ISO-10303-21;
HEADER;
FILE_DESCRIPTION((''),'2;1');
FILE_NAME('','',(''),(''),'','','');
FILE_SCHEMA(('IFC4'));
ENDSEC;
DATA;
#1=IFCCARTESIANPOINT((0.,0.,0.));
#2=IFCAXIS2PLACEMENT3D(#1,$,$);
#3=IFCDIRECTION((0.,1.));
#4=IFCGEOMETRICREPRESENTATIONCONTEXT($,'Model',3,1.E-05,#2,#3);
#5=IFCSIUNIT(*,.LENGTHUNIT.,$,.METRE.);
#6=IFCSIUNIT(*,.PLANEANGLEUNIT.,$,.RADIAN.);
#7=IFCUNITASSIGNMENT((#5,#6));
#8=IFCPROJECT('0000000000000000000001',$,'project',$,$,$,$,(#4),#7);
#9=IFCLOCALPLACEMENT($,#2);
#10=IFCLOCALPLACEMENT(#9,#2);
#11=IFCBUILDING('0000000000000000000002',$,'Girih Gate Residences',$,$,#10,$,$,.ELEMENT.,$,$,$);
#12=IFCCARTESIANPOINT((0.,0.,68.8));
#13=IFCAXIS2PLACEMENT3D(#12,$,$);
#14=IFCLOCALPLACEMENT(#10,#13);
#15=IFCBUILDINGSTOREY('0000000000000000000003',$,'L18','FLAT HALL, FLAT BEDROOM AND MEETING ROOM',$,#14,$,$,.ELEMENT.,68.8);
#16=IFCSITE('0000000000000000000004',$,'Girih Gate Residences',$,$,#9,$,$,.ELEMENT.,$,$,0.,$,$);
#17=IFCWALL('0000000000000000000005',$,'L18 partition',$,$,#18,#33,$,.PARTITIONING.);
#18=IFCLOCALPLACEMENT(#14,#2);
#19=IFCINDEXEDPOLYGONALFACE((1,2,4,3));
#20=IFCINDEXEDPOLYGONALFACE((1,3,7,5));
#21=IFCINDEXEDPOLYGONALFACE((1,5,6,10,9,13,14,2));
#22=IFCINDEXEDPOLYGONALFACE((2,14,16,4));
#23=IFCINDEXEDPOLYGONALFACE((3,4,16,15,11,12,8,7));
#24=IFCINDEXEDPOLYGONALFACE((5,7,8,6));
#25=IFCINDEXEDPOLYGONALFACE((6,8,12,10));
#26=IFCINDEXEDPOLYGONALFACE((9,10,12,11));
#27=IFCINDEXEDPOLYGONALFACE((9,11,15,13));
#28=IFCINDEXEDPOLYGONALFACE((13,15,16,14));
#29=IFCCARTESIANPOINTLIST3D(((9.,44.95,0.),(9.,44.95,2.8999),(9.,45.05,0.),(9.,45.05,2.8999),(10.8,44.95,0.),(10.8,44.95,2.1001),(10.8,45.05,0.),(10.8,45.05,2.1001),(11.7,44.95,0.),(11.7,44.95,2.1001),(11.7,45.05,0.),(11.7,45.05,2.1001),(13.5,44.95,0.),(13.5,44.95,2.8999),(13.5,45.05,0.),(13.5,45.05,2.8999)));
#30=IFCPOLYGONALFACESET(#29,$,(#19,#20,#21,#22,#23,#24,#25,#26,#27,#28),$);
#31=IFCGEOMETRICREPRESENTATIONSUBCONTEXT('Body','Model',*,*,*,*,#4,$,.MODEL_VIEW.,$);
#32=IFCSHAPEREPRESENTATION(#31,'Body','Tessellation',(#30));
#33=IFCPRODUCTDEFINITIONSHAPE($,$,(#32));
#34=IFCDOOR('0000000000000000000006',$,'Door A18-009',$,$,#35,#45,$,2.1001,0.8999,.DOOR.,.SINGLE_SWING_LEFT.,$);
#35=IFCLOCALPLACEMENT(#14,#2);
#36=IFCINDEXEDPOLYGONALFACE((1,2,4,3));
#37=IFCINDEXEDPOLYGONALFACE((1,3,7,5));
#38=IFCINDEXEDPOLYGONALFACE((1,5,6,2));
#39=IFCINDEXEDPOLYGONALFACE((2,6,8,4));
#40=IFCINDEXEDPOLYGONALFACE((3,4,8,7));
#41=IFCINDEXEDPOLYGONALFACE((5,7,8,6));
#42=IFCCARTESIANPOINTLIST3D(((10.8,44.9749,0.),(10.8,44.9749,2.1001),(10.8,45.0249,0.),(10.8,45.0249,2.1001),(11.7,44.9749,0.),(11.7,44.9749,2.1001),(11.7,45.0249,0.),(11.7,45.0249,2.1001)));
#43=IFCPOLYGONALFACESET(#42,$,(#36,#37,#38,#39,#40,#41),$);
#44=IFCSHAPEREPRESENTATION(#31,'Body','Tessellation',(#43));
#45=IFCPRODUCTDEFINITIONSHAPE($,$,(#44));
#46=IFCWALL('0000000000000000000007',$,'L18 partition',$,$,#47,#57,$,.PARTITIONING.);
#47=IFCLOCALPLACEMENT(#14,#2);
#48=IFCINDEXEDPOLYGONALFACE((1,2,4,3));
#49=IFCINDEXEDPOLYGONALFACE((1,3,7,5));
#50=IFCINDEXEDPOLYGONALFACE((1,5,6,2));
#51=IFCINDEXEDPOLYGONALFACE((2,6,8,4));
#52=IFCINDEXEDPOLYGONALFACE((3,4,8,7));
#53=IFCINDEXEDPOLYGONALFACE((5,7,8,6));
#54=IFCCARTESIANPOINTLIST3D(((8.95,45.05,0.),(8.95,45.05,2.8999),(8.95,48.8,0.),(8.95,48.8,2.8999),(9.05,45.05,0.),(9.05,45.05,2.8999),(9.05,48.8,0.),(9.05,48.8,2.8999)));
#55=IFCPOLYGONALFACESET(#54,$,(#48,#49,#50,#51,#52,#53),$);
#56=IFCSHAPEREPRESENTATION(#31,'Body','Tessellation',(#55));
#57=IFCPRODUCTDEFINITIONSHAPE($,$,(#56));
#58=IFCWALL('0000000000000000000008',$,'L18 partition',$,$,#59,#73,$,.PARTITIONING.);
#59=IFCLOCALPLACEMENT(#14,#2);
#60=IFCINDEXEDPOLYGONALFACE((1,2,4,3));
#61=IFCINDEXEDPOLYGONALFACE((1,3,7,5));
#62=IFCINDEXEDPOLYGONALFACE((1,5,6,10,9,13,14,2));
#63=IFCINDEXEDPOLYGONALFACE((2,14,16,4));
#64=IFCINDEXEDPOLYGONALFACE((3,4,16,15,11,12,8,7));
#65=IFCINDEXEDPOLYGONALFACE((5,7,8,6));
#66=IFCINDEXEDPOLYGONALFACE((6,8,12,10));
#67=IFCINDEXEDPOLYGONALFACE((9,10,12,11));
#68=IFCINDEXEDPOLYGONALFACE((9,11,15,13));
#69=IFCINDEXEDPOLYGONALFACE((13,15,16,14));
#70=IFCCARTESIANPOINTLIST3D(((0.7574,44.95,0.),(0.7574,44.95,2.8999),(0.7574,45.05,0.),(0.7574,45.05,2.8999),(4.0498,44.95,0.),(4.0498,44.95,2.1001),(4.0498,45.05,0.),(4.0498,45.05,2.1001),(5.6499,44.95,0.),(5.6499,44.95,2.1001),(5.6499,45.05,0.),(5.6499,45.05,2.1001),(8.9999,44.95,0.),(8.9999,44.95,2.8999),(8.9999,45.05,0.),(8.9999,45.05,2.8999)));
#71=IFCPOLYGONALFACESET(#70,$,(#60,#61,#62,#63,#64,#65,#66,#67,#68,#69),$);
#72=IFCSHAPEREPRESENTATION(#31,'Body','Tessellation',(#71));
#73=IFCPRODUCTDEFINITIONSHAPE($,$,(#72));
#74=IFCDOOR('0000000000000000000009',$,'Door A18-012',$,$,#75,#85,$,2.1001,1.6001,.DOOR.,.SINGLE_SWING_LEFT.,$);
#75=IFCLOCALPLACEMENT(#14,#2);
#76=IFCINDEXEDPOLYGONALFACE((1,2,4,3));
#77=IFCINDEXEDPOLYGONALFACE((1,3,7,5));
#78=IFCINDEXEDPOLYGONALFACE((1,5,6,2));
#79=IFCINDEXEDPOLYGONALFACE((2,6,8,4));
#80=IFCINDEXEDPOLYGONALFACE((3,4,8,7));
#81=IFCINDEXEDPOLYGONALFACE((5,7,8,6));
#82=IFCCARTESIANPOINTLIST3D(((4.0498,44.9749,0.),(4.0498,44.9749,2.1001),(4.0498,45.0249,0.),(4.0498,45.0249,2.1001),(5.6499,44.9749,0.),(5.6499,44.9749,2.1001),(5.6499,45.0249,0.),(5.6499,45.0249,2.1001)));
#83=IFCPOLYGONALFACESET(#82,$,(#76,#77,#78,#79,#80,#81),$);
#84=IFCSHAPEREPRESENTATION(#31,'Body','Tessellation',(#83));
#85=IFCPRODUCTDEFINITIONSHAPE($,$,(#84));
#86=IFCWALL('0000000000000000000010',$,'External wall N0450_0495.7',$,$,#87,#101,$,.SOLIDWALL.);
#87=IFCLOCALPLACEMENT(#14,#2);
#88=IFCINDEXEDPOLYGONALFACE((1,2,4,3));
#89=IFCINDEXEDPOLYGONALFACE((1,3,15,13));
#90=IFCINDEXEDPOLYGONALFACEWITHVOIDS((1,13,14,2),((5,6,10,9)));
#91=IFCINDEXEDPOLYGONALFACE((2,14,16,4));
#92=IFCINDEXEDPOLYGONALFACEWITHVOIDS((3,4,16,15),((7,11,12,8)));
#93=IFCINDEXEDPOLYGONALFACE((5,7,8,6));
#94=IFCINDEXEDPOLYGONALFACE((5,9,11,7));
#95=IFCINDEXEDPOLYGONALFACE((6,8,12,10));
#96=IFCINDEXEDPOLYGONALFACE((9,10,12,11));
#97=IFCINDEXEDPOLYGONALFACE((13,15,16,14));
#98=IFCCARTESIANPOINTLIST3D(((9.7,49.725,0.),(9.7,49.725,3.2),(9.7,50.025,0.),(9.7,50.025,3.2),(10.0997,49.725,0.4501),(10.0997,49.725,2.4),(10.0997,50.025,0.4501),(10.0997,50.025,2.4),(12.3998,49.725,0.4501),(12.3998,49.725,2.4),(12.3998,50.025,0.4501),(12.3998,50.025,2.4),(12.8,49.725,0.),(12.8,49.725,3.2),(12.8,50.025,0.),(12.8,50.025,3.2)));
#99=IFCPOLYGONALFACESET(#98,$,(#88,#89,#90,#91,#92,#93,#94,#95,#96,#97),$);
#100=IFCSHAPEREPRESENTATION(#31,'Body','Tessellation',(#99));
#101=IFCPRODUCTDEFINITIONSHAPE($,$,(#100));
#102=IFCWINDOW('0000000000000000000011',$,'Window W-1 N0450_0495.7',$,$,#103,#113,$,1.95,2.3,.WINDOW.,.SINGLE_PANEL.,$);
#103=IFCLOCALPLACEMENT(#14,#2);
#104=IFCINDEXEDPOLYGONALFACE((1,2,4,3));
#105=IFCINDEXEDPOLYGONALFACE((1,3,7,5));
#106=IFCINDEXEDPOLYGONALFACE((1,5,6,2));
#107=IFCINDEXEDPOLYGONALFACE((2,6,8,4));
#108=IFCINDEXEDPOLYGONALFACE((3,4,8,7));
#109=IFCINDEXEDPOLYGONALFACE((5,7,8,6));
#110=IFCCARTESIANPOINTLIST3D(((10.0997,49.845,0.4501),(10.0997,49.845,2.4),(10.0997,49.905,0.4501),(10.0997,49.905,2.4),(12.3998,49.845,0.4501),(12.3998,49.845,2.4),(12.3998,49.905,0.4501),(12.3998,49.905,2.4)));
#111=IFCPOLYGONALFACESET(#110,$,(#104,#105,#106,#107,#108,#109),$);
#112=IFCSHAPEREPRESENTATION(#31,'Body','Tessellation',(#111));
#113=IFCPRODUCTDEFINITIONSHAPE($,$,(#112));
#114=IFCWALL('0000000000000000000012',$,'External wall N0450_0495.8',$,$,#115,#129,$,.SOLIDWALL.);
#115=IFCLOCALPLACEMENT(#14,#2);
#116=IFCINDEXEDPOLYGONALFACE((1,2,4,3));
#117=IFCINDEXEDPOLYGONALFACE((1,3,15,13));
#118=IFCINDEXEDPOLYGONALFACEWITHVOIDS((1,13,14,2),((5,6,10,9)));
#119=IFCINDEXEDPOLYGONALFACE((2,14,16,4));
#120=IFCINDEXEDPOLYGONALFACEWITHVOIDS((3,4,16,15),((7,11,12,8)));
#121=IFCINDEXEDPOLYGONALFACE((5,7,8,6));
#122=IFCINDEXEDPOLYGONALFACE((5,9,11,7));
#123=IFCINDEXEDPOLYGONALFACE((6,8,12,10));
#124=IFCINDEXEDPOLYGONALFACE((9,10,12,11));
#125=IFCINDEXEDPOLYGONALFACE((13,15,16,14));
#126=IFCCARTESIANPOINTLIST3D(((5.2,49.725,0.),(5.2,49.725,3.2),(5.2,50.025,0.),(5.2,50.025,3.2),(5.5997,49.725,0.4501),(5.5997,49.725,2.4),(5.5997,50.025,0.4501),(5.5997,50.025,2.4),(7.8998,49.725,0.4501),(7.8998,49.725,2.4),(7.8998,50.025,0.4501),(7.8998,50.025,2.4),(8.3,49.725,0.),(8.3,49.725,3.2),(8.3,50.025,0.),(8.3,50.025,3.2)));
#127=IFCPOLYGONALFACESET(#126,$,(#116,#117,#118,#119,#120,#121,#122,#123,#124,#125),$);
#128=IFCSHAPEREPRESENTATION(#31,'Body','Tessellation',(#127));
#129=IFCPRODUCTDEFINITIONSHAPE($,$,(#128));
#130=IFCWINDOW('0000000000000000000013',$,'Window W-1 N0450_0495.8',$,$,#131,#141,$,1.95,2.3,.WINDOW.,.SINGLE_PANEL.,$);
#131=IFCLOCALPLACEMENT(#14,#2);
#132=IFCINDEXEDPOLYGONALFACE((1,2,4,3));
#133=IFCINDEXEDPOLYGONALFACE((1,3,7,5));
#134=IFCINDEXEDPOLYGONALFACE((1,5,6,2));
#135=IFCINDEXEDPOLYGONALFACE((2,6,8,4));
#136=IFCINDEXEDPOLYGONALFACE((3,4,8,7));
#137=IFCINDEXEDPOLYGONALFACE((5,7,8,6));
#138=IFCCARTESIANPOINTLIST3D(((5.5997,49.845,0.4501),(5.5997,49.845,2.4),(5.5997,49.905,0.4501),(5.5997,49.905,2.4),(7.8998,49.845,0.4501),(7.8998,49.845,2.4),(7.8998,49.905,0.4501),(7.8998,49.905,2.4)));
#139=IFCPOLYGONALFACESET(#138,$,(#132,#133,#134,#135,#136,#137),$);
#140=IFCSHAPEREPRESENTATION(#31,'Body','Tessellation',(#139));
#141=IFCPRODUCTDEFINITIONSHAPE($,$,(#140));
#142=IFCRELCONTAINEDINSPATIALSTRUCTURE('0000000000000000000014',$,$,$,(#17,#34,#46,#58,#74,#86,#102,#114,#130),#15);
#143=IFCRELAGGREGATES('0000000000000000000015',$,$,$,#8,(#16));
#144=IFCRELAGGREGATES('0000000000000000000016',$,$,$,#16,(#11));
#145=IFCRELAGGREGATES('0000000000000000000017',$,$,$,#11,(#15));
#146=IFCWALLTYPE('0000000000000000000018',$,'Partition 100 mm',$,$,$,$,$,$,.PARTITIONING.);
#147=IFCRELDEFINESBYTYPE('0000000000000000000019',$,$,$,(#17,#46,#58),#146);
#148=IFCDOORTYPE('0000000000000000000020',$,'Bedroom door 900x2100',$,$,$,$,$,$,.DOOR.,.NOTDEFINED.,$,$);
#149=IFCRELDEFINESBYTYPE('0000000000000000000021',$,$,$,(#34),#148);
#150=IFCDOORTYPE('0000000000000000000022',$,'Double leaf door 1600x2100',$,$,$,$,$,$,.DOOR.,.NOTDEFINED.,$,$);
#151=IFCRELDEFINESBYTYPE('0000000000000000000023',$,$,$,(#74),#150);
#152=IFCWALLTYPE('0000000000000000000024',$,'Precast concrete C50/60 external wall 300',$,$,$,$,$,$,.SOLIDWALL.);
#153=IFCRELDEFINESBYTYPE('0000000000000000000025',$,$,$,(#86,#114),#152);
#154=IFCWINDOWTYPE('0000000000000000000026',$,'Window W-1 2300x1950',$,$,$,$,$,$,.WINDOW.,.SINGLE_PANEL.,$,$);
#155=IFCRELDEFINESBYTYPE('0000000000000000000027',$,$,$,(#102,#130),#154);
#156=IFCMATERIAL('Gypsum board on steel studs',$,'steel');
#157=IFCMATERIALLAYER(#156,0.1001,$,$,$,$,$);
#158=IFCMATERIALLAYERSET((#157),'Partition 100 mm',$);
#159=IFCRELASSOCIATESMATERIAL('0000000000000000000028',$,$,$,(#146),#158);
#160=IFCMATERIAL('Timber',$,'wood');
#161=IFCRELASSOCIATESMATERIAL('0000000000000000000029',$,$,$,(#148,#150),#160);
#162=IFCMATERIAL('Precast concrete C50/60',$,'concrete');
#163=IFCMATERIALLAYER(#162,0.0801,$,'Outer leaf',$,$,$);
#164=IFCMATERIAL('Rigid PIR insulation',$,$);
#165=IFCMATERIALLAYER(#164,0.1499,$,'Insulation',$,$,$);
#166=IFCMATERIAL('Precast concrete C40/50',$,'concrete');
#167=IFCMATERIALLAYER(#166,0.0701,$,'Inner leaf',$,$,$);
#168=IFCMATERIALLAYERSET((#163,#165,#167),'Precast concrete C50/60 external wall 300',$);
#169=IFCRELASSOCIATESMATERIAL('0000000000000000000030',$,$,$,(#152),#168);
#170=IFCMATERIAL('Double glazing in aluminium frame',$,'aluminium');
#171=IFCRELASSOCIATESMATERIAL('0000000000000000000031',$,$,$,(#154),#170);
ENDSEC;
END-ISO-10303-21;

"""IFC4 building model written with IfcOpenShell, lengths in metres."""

from ifc_helpers import new_model, si_unit, direction, frame, frame_2d, origin, place, context, subcontext, project, spatial, rectangle, extrude, material, layer, layer_set, type_object, element, fill, save


model = new_model("IFC4")

# Units and contexts
model_context = context("Model", 3, precision=1e-05, world=origin(), true_north=direction((0.0, 1.0)))
body_context = subcontext(model_context, "Body", "Model", "MODEL_VIEW")
ifc_project = project(units=[si_unit("LENGTHUNIT", "METRE"), si_unit("PLANEANGLEUNIT", "RADIAN")], contexts=[model_context])

# Site, building, storey
site_placement = place(None, origin())
site = spatial("IfcSite", under=ifc_project, at=site_placement, Name="Girih Gate Residences", CompositionType="ELEMENT", RefElevation=0.0)
building_placement = place(site_placement, origin())
building = spatial("IfcBuilding", under=site, at=building_placement, Name="Girih Gate Residences", CompositionType="ELEMENT")
storey_placement = place(building_placement, frame((0.0, 0.0, 68.8)))
storey = spatial("IfcBuildingStorey", under=building, at=storey_placement, Name="L18", Description="FLAT HALL, FLAT BEDROOM AND MEETING ROOM", CompositionType="ELEMENT", Elevation=68.8)

# Shared definitions
ifc_material_1 = material(Name="Gypsum board on steel studs", Category="steel")

# Wall, opening, door
ifc_layer_1 = layer(ifc_material_1, 0.1001)
ifc_layer_set_1 = layer_set([ifc_layer_1], Name="Partition 100 mm")
wall_type_1 = type_object("IfcWallType", Name="Partition 100 mm", PredefinedType="PARTITIONING", material=ifc_layer_set_1)
wall_1_placement = place(storey_placement, frame((9.0, 45.0, 0.0), z_axis=(0.0, 0.0, 1.0), x_axis=(1.0, 0.0, 0.0)))
wall_1 = element("IfcWall", 1, at=wall_1_placement, inside=storey, type_object=wall_type_1, Name="L18 partition", PredefinedType="PARTITIONING", context=body_context, shape_type="SweptSolid", body=[
    extrude(rectangle(XDim=4.5, YDim=0.1001, at=frame_2d((2.25, 0.0))), origin(), (0.0, 0.0, 1.0), 2.8999),
])
opening_1_placement = place(wall_1_placement, frame((1.8, 0.0, 0.0)))
opening_1 = element("IfcOpeningElement", 2, at=opening_1_placement, cuts=wall_1, PredefinedType="OPENING", context=body_context, shape_type="SweptSolid", body=[
    extrude(rectangle(XDim=0.8999, YDim=2.1001, at=frame_2d((0.45, 1.05))), frame((0.0, 0.0601, 0.0), z_axis=(0.0, -1.0, 0.0), x_axis=(1.0, 0.0, 0.0)), (0.0, 0.0, 1.0), 0.1201),
])
ifc_material_2 = material(Name="Timber", Category="wood")
door_type_1 = type_object("IfcDoorType", Name="Bedroom door 900x2100", OperationType="NOTDEFINED", PredefinedType="DOOR", material=ifc_material_2)
door_1_placement = place(opening_1_placement, origin())
door_1 = element("IfcDoor", 3, at=door_1_placement, inside=storey, type_object=door_type_1, Name="Door A18-009", OperationType="SINGLE_SWING_LEFT", OverallHeight=2.1001, OverallWidth=0.8999, PredefinedType="DOOR", context=body_context, shape_type="SweptSolid", body=[
    extrude(rectangle(XDim=0.8999, YDim=2.1001, at=frame_2d((0.45, 1.05))), frame((0.0, 0.0249, 0.0), z_axis=(0.0, -1.0, 0.0), x_axis=(1.0, 0.0, 0.0)), (0.0, 0.0, 1.0), 0.05),
])
fill(opening_1, door_1)

# Wall
wall_2_placement = place(storey_placement, frame((9.0, 45.05, 0.0), z_axis=(0.0, 0.0, 1.0), x_axis=(0.0, 1.0, 0.0)))
element("IfcWall", 4, at=wall_2_placement, inside=storey, type_object=wall_type_1, Name="L18 partition", PredefinedType="PARTITIONING", context=body_context, shape_type="SweptSolid", body=[
    extrude(rectangle(XDim=3.75, YDim=0.1001, at=frame_2d((1.875, 0.0))), origin(), (0.0, 0.0, 1.0), 2.8999),
])

# Wall, opening, door
wall_3_placement = place(storey_placement, frame((0.7576, 45.0, 0.0), z_axis=(0.0, 0.0, 1.0), x_axis=(1.0, 0.0, 0.0)))
wall_3 = element("IfcWall", 5, at=wall_3_placement, inside=storey, type_object=wall_type_1, Name="L18 partition", PredefinedType="PARTITIONING", context=body_context, shape_type="SweptSolid", body=[
    extrude(rectangle(XDim=8.2424, YDim=0.1001, at=frame_2d((4.1211, 0.0))), origin(), (0.0, 0.0, 1.0), 2.8999),
])
opening_2_placement = place(wall_3_placement, frame((3.2922, 0.0, 0.0)))
opening_2 = element("IfcOpeningElement", 6, at=opening_2_placement, cuts=wall_3, PredefinedType="OPENING", context=body_context, shape_type="SweptSolid", body=[
    extrude(rectangle(XDim=1.6001, YDim=2.1001, at=frame_2d((0.8, 1.05))), frame((0.0, 0.0601, 0.0), z_axis=(0.0, -1.0, 0.0), x_axis=(1.0, 0.0, 0.0)), (0.0, 0.0, 1.0), 0.1201),
])
door_type_2 = type_object("IfcDoorType", Name="Double leaf door 1600x2100", OperationType="NOTDEFINED", PredefinedType="DOOR", material=ifc_material_2)
door_2_placement = place(opening_2_placement, origin())
door_2 = element("IfcDoor", 7, at=door_2_placement, inside=storey, type_object=door_type_2, Name="Door A18-012", OperationType="SINGLE_SWING_LEFT", OverallHeight=2.1001, OverallWidth=1.6001, PredefinedType="DOOR", context=body_context, shape_type="SweptSolid", body=[
    extrude(rectangle(XDim=1.6001, YDim=2.1001, at=frame_2d((0.8, 1.05))), frame((0.0, 0.0249, 0.0), z_axis=(0.0, -1.0, 0.0), x_axis=(1.0, 0.0, 0.0)), (0.0, 0.0, 1.0), 0.05),
])
fill(opening_2, door_2)

# Walls, openings, windows
ifc_material_3 = material(Name="Precast concrete C50/60", Category="concrete")
ifc_layer_2 = layer(ifc_material_3, 0.0801, Name="Outer leaf")
ifc_material_4 = material(Name="Rigid PIR insulation")
ifc_layer_3 = layer(ifc_material_4, 0.1499, Name="Insulation")
ifc_material_5 = material(Name="Precast concrete C40/50", Category="concrete")
ifc_layer_4 = layer(ifc_material_5, 0.0701, Name="Inner leaf")
ifc_layer_set_2 = layer_set([ifc_layer_2, ifc_layer_3, ifc_layer_4], Name="Precast concrete C50/60 external wall 300")
wall_type_2 = type_object("IfcWallType", Name="Precast concrete C50/60 external wall 300", PredefinedType="SOLIDWALL", material=ifc_layer_set_2)
wall_4_placement = place(storey_placement, frame((9.7, 49.875, 0.0), z_axis=(0.0, 0.0, 1.0), x_axis=(1.0, 0.0, 0.0)))
wall_4 = element("IfcWall", 8, at=wall_4_placement, inside=storey, type_object=wall_type_2, Name="External wall N0450_0495.7", PredefinedType="SOLIDWALL", context=body_context, shape_type="SweptSolid", body=[
    extrude(rectangle(XDim=3.1001, YDim=0.3, at=frame_2d((1.55, 0.0))), origin(), (0.0, 0.0, 1.0), 3.2),
])
opening_3_placement = place(wall_4_placement, frame((0.3999, 0.0, 0.45)))
opening_3 = element("IfcOpeningElement", 9, at=opening_3_placement, cuts=wall_4, PredefinedType="OPENING", context=body_context, shape_type="SweptSolid", body=[
    extrude(rectangle(XDim=2.3, YDim=1.95, at=frame_2d((1.1499, 0.9751))), frame((0.0, 0.1599, 0.0), z_axis=(0.0, -1.0, 0.0), x_axis=(1.0, 0.0, 0.0)), (0.0, 0.0, 1.0), 0.3201),
])
ifc_material_6 = material(Name="Double glazing in aluminium frame", Category="aluminium")
window_type_1 = type_object("IfcWindowType", Name="Window W-1 2300x1950", PartitioningType="SINGLE_PANEL", PredefinedType="WINDOW", material=ifc_material_6)
window_1_placement = place(opening_3_placement, origin())
window_1 = element("IfcWindow", 10, at=window_1_placement, inside=storey, type_object=window_type_1, Name="Window W-1 N0450_0495.7", OverallHeight=1.95, OverallWidth=2.3, PartitioningType="SINGLE_PANEL", PredefinedType="WINDOW", context=body_context, shape_type="SweptSolid", body=[
    extrude(rectangle(XDim=2.3, YDim=1.95, at=frame_2d((1.1499, 0.9751))), frame((0.0, 0.03, 0.0), z_axis=(0.0, -1.0, 0.0), x_axis=(1.0, 0.0, 0.0)), (0.0, 0.0, 1.0), 0.0601),
])
fill(opening_3, window_1)
wall_5_placement = place(storey_placement, frame((5.2, 49.875, 0.0), z_axis=(0.0, 0.0, 1.0), x_axis=(1.0, 0.0, 0.0)))
wall_5 = element("IfcWall", 11, at=wall_5_placement, inside=storey, type_object=wall_type_2, Name="External wall N0450_0495.8", PredefinedType="SOLIDWALL", context=body_context, shape_type="SweptSolid", body=[
    extrude(rectangle(XDim=3.1001, YDim=0.3, at=frame_2d((1.55, 0.0))), origin(), (0.0, 0.0, 1.0), 3.2),
])
opening_4_placement = place(wall_5_placement, frame((0.3999, 0.0, 0.45)))
opening_4 = element("IfcOpeningElement", 12, at=opening_4_placement, cuts=wall_5, PredefinedType="OPENING", context=body_context, shape_type="SweptSolid", body=[
    extrude(rectangle(XDim=2.3, YDim=1.95, at=frame_2d((1.1499, 0.9751))), frame((0.0, 0.1599, 0.0), z_axis=(0.0, -1.0, 0.0), x_axis=(1.0, 0.0, 0.0)), (0.0, 0.0, 1.0), 0.3201),
])
window_2_placement = place(opening_4_placement, origin())
window_2 = element("IfcWindow", 13, at=window_2_placement, inside=storey, type_object=window_type_1, Name="Window W-1 N0450_0495.8", OverallHeight=1.95, OverallWidth=2.3, PartitioningType="SINGLE_PANEL", PredefinedType="WINDOW", context=body_context, shape_type="SweptSolid", body=[
    extrude(rectangle(XDim=2.3, YDim=1.95, at=frame_2d((1.1499, 0.9751))), frame((0.0, 0.03, 0.0), z_axis=(0.0, -1.0, 0.0), x_axis=(1.0, 0.0, 0.0)), (0.0, 0.0, 1.0), 0.0601),
])
fill(opening_4, window_2)

save(model, "model.ifc")
